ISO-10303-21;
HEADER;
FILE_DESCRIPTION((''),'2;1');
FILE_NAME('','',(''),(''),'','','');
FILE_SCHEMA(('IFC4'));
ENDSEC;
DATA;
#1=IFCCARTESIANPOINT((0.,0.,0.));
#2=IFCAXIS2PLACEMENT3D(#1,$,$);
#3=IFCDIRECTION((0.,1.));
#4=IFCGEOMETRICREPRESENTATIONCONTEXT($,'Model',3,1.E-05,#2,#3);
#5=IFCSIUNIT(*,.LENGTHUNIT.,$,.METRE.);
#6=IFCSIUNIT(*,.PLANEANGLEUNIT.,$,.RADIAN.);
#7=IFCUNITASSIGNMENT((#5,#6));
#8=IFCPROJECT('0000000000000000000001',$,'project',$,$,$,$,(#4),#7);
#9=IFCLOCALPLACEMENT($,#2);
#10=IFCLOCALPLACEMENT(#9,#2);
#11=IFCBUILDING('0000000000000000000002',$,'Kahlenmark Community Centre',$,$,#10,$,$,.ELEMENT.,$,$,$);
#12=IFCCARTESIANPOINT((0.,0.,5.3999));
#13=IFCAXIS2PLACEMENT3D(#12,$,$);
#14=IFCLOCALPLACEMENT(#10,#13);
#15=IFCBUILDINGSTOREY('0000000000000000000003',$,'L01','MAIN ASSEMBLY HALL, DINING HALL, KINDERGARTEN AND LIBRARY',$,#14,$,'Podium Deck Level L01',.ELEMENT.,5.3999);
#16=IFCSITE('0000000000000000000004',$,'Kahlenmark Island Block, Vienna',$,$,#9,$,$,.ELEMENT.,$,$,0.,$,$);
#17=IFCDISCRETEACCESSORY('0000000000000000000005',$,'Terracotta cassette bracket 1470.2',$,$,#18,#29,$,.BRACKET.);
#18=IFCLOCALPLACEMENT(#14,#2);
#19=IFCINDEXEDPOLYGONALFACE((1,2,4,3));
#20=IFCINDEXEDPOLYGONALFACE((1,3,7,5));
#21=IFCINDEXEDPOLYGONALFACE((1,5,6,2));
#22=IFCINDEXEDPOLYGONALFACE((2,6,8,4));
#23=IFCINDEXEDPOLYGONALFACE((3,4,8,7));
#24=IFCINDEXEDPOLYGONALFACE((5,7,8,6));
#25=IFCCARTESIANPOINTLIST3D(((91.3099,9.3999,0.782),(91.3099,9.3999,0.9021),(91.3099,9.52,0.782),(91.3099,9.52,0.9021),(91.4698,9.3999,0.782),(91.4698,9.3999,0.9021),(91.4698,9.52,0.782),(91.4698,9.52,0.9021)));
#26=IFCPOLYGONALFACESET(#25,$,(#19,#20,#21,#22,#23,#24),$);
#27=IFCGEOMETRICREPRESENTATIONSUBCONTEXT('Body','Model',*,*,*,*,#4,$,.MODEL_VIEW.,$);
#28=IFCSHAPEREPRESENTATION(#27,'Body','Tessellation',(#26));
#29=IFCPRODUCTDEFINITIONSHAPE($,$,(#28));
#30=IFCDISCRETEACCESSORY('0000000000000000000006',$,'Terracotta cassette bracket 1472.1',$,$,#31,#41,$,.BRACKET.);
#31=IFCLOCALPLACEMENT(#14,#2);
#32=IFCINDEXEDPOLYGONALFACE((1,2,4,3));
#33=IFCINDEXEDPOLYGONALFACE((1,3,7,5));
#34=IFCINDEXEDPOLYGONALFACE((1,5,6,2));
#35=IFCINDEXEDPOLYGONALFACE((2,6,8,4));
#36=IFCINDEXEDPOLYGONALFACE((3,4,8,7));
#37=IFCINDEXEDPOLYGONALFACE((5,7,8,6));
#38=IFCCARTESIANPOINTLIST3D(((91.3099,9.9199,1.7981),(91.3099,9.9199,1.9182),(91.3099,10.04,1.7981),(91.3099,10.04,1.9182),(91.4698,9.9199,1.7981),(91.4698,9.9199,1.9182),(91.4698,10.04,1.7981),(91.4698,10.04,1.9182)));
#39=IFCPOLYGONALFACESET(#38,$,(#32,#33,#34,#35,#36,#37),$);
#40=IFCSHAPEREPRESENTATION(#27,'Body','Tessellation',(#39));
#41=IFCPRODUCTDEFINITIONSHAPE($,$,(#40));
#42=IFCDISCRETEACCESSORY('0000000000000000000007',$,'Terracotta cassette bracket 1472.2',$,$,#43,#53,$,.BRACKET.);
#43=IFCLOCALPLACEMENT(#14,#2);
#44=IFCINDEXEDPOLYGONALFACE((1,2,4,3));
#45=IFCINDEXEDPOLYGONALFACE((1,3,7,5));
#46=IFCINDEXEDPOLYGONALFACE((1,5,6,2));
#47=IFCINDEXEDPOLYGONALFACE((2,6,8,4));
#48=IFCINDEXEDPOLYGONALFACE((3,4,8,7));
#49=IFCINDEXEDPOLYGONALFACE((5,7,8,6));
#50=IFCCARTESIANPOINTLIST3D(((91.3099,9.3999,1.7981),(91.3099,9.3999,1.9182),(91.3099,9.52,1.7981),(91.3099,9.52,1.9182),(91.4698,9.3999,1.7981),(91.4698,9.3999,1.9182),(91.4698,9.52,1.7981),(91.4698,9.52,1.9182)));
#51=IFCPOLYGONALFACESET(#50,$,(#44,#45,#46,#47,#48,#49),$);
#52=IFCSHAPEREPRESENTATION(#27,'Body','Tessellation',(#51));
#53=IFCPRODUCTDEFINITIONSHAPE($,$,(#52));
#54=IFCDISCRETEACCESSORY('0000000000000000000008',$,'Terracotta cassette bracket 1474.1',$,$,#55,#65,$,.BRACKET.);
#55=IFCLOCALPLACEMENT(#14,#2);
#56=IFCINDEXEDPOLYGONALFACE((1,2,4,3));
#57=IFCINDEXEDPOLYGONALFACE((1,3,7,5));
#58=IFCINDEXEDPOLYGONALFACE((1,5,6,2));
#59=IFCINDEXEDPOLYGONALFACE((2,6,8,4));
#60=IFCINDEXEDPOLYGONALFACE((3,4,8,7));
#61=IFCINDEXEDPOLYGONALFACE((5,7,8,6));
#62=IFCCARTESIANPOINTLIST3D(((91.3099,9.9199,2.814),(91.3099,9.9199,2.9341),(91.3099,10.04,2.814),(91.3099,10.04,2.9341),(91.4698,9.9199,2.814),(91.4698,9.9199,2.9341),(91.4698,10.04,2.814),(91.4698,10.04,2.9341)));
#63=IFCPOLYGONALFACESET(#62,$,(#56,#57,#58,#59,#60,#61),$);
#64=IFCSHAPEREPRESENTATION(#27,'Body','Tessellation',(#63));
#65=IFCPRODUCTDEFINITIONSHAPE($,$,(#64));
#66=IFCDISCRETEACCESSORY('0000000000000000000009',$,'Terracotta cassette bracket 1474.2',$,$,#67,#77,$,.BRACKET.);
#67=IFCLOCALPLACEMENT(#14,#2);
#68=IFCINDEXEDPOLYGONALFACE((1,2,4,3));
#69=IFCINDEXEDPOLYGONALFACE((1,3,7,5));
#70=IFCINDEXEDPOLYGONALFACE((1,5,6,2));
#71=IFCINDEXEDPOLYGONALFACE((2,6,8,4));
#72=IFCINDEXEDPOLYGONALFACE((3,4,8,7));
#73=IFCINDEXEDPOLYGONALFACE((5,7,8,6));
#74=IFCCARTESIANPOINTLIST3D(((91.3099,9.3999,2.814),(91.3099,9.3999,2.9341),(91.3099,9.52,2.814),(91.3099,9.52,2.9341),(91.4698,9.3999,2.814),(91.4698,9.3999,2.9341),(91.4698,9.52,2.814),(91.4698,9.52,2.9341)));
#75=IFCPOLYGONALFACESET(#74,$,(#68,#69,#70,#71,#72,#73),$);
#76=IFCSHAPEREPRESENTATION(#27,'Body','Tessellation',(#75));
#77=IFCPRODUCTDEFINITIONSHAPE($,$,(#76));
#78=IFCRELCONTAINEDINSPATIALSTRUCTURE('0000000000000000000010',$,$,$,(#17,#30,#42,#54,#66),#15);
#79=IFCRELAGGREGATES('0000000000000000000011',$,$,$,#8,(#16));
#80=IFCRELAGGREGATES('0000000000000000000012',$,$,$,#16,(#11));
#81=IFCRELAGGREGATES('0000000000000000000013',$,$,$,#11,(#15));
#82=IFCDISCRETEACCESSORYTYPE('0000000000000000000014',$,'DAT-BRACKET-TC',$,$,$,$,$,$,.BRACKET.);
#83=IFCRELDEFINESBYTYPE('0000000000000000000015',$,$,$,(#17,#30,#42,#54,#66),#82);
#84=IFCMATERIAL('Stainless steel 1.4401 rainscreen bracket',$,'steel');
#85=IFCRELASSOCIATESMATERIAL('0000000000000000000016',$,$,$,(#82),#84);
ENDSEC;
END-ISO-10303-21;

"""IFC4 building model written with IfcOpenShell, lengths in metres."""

from ifc_helpers import new_model, si_unit, direction, frame, origin, origin_2d, place, context, subcontext, project, spatial, rectangle, extrude, material, type_object, element, save


model = new_model("IFC4")

# Units and contexts
model_context = context("Model", 3, precision=1e-05, world=origin(), true_north=direction((0.0, 1.0)))
body_context = subcontext(model_context, "Body", "Model", "MODEL_VIEW")
ifc_project = project(units=[si_unit("LENGTHUNIT", "METRE"), si_unit("PLANEANGLEUNIT", "RADIAN")], contexts=[model_context])

# Site, building, storey
site_placement = place(None, origin())
site = spatial("IfcSite", under=ifc_project, at=site_placement, Name="Kahlenmark Island Block, Vienna", CompositionType="ELEMENT", RefElevation=0.0)
building_placement = place(site_placement, origin())
building = spatial("IfcBuilding", under=site, at=building_placement, Name="Kahlenmark Community Centre", CompositionType="ELEMENT")
storey_placement = place(building_placement, frame((0.0, 0.0, 5.3999)))
storey = spatial("IfcBuildingStorey", under=building, at=storey_placement, Name="L01", Description="MAIN ASSEMBLY HALL, DINING HALL, KINDERGARTEN AND LIBRARY", LongName="Podium Deck Level L01", CompositionType="ELEMENT", Elevation=5.3999)

# Discrete accessories
ifc_material_1 = material(Name="Stainless steel 1.4401 rainscreen bracket", Category="steel")
discrete_accessory_type = type_object("IfcDiscreteAccessoryType", Name="DAT-BRACKET-TC", PredefinedType="BRACKET", material=ifc_material_1)
for number, where, z_axis, x_axis, name in (
    (1, (91.3899, 9.46, 0.782), (0.0, 0.0, 1.0), (0.0, -1.0, 0.0), "Terracotta cassette bracket 1470.2"),
    (2, (91.3899, 9.98, 1.7981), (0.0, 0.0, 1.0), (0.0, -1.0, 0.0), "Terracotta cassette bracket 1472.1"),
    (3, (91.3899, 9.46, 1.7981), (0.0, 0.0, 1.0), (0.0, -1.0, 0.0), "Terracotta cassette bracket 1472.2"),
    (4, (91.3899, 9.98, 2.814), (0.0, 0.0, 1.0), (0.0, -1.0, 0.0), "Terracotta cassette bracket 1474.1"),
    (5, (91.3899, 9.46, 2.814), (0.0, 0.0, 1.0), (0.0, -1.0, 0.0), "Terracotta cassette bracket 1474.2"),
):
    element("IfcDiscreteAccessory", number, at=place(storey_placement, frame(where, z_axis=z_axis, x_axis=x_axis)), inside=storey, type_object=discrete_accessory_type, Name=name, PredefinedType="BRACKET", context=body_context, shape_type="SweptSolid", body=[
        extrude(rectangle(XDim=0.1201, YDim=0.1599, at=origin_2d()), origin(), (0.0, 0.0, 1.0), 0.1201),
    ])

save(model, "model.ifc")
